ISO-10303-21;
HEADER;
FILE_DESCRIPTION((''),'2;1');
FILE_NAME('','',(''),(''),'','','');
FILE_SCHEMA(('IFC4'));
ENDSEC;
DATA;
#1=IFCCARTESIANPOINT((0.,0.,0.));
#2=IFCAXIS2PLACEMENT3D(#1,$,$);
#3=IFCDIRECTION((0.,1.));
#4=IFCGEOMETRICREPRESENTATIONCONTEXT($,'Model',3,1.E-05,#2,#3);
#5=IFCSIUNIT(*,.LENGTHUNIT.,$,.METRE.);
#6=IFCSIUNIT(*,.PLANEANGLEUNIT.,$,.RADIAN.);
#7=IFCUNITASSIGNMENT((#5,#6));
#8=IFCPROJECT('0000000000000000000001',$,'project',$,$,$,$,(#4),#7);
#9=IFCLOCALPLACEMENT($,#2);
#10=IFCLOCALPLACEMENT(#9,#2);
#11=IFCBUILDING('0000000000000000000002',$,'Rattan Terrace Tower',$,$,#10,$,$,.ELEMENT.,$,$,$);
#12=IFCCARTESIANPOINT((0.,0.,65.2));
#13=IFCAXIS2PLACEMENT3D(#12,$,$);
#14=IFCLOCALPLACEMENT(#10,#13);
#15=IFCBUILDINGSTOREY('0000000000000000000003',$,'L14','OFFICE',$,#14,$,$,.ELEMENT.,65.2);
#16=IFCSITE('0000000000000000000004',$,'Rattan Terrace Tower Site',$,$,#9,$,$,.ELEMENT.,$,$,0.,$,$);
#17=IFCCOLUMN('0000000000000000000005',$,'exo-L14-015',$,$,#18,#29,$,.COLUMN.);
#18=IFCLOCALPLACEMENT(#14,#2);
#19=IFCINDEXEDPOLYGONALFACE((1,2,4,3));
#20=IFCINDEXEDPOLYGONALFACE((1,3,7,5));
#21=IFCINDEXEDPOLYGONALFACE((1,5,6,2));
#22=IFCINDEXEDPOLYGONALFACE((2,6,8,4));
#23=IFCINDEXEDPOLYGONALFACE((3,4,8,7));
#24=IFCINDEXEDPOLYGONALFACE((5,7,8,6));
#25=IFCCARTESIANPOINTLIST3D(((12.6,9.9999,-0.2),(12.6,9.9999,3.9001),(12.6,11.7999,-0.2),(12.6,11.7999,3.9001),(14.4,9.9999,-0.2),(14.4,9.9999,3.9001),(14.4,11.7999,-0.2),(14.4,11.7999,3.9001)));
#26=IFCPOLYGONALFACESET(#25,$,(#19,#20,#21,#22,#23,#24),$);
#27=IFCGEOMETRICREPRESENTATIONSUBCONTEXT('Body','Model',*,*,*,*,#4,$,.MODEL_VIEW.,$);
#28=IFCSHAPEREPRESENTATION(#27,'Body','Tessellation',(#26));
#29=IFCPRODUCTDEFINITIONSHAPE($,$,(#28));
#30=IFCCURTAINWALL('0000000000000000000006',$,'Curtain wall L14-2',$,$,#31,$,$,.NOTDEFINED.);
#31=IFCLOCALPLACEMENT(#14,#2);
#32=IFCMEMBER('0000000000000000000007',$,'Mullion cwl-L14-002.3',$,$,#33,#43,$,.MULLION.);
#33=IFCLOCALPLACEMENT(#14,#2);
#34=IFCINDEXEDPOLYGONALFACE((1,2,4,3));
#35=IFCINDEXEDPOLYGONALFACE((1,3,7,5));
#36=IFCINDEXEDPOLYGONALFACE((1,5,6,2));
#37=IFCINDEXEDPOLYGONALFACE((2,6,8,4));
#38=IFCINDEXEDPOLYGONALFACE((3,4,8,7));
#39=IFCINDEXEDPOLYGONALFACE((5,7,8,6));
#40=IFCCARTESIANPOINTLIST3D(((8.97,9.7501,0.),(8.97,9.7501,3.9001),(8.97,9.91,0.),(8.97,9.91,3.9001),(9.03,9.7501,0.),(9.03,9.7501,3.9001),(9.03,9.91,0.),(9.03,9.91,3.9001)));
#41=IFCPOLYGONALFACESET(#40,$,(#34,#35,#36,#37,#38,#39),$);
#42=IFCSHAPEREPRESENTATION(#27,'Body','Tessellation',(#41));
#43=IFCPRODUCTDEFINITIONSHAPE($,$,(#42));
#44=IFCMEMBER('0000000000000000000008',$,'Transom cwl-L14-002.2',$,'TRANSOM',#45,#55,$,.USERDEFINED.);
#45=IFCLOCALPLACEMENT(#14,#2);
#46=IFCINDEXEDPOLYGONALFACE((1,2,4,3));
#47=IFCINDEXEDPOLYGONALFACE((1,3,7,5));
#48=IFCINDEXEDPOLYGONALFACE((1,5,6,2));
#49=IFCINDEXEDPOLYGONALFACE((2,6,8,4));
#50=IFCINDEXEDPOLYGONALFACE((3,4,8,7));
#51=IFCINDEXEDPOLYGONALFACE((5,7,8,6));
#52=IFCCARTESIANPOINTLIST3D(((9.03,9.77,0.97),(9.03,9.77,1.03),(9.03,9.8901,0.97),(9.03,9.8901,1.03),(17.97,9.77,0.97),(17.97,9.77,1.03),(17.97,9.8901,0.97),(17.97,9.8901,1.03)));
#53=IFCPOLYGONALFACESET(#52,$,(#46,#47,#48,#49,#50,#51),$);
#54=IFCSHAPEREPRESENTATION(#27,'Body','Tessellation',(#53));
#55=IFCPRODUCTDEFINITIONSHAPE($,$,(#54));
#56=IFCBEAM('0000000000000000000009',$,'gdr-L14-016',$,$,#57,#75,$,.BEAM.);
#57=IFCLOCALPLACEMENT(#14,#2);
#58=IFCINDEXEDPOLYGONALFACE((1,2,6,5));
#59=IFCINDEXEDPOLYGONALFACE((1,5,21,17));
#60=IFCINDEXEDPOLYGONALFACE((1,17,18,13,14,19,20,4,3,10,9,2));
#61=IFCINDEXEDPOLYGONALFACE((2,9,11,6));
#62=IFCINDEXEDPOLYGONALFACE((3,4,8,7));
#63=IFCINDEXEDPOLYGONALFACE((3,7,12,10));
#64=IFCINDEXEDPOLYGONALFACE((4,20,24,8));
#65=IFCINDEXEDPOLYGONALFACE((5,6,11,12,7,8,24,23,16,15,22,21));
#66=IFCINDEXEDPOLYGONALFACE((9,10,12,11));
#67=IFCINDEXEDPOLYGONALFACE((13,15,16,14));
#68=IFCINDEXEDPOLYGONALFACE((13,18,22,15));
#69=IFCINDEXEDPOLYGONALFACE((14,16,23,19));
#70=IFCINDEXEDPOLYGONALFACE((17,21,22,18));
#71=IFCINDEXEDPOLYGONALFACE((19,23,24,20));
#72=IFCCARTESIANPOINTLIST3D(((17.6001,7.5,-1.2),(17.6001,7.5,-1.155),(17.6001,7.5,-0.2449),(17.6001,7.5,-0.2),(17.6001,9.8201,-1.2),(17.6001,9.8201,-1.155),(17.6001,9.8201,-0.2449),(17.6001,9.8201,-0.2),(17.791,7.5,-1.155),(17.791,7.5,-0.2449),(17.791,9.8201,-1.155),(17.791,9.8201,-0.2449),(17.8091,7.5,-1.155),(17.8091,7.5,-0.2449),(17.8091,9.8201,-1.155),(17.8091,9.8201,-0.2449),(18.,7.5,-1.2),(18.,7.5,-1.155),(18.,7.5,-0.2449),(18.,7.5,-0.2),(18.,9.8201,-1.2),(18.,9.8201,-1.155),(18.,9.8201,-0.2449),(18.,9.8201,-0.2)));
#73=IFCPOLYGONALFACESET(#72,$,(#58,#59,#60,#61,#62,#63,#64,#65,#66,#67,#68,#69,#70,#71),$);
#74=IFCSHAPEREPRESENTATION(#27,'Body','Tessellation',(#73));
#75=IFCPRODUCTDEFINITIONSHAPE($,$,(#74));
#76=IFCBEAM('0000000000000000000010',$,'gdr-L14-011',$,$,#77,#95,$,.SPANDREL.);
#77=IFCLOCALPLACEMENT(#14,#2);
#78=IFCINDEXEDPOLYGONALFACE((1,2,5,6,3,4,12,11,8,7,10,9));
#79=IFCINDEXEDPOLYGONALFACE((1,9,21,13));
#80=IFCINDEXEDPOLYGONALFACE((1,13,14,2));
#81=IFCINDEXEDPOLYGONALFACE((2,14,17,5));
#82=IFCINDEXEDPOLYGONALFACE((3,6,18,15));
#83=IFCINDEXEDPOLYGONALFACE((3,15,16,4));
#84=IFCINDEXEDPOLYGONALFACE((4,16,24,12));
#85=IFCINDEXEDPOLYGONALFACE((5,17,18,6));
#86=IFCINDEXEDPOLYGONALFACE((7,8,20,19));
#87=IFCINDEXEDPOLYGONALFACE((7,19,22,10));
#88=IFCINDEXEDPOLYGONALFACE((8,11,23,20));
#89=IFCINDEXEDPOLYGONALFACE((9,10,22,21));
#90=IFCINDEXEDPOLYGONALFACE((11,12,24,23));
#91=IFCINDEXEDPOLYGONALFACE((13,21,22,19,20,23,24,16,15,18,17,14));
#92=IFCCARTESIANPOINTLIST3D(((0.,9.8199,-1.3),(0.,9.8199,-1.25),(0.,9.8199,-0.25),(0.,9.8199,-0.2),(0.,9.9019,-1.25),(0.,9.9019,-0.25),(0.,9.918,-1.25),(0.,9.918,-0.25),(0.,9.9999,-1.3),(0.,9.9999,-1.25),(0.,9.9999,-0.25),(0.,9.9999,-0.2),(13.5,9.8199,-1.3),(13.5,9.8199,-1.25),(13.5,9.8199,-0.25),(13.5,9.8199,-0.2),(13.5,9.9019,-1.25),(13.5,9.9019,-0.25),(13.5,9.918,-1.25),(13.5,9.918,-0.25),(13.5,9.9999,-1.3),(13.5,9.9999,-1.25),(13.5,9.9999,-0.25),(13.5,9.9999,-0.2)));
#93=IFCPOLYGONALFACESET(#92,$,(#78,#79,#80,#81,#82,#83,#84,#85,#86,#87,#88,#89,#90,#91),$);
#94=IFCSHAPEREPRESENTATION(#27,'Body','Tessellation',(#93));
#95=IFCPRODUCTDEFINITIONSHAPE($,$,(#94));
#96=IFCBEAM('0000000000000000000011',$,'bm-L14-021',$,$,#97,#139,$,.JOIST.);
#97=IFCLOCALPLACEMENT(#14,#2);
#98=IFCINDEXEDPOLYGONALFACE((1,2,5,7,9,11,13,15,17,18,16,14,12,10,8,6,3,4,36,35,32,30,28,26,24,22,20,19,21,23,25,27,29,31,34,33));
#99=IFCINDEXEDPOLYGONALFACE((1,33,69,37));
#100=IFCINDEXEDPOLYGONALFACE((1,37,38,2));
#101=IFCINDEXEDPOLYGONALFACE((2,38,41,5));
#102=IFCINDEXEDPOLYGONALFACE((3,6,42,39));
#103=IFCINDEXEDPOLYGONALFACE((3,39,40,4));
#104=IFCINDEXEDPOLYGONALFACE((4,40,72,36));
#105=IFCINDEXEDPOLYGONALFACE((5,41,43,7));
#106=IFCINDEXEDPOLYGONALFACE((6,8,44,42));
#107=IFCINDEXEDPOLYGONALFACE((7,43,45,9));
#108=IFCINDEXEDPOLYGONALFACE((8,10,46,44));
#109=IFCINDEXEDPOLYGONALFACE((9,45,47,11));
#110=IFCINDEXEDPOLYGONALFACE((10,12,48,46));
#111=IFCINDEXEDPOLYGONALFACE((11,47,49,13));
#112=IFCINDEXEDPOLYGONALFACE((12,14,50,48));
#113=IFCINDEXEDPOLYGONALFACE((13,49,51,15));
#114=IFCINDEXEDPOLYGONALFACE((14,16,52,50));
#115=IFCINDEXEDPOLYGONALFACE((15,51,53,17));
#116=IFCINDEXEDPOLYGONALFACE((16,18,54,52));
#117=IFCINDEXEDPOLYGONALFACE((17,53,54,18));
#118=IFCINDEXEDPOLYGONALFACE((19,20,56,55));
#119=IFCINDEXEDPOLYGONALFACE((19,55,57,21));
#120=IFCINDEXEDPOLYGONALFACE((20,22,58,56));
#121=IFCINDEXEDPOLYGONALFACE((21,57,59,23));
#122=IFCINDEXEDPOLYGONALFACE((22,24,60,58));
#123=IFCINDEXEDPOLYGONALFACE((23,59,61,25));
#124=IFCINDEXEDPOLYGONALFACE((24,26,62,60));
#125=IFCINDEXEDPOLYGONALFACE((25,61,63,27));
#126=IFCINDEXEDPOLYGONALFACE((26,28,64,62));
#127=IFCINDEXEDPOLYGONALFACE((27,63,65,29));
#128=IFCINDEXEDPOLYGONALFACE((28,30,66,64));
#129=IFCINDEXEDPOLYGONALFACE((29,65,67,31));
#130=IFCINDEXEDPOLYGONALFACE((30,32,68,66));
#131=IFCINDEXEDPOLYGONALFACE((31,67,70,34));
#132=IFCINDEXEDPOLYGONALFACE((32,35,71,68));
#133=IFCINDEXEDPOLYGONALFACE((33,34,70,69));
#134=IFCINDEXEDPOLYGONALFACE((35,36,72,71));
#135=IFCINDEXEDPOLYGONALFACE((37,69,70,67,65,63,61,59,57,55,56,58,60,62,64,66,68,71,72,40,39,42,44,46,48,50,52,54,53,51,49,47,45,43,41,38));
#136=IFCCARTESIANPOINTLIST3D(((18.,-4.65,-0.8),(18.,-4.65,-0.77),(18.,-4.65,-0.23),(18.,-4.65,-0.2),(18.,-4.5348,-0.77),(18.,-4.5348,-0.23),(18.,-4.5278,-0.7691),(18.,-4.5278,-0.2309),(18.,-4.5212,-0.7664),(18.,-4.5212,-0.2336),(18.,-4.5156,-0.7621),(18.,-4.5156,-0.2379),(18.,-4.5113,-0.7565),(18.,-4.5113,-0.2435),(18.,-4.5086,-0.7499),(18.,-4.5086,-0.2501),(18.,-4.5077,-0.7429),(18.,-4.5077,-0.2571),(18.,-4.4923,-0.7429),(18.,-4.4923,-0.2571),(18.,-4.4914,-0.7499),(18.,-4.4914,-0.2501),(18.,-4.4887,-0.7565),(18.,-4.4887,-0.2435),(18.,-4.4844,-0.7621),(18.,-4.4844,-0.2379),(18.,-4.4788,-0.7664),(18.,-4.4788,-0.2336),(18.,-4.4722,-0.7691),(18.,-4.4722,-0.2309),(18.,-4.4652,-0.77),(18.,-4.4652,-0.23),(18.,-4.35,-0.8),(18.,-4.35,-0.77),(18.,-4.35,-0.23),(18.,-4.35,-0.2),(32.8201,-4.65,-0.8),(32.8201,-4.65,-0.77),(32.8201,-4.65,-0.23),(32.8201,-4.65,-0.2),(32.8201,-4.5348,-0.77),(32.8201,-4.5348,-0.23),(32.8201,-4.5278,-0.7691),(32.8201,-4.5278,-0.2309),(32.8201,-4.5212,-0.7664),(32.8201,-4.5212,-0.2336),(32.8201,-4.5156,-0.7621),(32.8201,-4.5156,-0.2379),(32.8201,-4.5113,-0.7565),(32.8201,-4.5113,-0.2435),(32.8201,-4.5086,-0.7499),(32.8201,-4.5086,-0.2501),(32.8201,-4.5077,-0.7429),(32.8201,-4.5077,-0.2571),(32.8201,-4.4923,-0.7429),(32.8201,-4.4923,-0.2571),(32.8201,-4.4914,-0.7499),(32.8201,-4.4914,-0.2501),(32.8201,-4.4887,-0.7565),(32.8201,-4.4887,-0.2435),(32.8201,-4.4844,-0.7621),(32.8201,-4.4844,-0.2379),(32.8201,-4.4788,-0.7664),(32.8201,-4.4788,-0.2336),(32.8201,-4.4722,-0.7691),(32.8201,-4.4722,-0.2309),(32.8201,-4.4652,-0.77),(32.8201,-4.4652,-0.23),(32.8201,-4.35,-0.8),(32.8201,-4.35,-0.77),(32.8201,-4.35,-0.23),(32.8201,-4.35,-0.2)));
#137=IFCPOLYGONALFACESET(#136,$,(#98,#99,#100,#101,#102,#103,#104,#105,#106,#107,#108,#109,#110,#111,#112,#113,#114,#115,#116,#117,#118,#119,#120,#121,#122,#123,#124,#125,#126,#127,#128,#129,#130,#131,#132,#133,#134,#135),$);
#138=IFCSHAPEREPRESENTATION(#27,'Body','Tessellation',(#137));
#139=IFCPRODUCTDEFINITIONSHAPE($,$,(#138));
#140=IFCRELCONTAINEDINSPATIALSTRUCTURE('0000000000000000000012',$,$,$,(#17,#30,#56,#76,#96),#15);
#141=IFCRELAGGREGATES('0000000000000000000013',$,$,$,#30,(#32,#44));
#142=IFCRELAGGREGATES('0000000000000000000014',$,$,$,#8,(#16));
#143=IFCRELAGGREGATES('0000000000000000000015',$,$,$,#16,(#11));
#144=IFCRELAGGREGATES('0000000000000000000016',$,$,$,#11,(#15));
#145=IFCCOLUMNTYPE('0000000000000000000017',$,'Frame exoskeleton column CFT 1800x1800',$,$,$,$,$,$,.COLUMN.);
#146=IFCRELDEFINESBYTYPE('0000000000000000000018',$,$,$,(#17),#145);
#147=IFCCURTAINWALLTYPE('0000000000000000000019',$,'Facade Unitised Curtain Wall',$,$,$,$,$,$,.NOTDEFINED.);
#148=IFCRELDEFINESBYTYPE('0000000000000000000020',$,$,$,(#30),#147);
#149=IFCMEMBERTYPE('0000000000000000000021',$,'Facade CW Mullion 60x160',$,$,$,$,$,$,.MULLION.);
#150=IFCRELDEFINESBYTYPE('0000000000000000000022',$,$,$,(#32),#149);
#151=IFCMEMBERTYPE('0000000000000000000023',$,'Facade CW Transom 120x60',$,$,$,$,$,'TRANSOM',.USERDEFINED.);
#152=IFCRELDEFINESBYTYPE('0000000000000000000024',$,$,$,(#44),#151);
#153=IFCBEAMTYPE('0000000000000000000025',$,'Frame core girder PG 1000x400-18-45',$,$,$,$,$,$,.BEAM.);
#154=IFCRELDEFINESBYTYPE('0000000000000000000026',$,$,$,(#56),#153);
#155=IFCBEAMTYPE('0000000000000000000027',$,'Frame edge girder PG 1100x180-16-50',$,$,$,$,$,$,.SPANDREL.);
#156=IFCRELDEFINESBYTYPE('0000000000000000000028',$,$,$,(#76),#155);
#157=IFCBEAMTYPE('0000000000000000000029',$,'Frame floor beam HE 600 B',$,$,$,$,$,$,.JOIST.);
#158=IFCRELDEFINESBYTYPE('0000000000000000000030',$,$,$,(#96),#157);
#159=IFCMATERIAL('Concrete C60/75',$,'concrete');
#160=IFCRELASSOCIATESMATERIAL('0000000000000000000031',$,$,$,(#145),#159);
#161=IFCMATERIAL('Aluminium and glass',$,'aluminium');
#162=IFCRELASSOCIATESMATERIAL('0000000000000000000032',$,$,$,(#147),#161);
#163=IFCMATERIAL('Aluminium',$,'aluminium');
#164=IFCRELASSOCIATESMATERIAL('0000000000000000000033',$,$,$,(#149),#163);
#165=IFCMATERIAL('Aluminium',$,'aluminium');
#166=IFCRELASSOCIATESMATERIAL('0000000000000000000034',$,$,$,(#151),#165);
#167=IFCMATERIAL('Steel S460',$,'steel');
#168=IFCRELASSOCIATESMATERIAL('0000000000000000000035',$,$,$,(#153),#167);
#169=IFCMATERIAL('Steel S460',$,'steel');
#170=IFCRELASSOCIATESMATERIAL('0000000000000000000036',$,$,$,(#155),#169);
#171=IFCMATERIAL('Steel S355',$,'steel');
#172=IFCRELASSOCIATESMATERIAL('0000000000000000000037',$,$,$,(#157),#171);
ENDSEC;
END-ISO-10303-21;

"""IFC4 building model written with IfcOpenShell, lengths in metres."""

from ifc_helpers import new_model, si_unit, direction, frame, origin, origin_2d, place, context, subcontext, project, spatial, rectangle, i_section, extrude, material, material_profile, profile_set, type_object, element, aggregate, save


model = new_model("IFC4")

# Units and contexts
model_context = context("Model", 3, precision=1e-05, world=origin(), true_north=direction((0.0, 1.0)))
body_context = subcontext(model_context, "Body", "Model", "MODEL_VIEW")
ifc_project = project(units=[si_unit("LENGTHUNIT", "METRE"), si_unit("PLANEANGLEUNIT", "RADIAN")], contexts=[model_context])

# Site, building, storey
site_placement = place(None, origin())
site = spatial("IfcSite", under=ifc_project, at=site_placement, Name="Rattan Terrace Tower Site", CompositionType="ELEMENT", RefElevation=0.0)
building_placement = place(site_placement, origin())
building = spatial("IfcBuilding", under=site, at=building_placement, Name="Rattan Terrace Tower", CompositionType="ELEMENT")
storey_placement = place(building_placement, frame((0.0, 0.0, 65.2)))
storey = spatial("IfcBuildingStorey", under=building, at=storey_placement, Name="L14", Description="OFFICE", CompositionType="ELEMENT", Elevation=65.2)

# Column
ifc_material_1 = material(Name="Concrete C60/75", Category="concrete")
ifc_material_profile_1 = material_profile(ifc_material_1, rectangle(XDim=1.8, YDim=1.8, at=origin_2d()), Name="CFT 1800x1800")
ifc_profile_set_1 = profile_set([ifc_material_profile_1], Name="Concrete C60/75")
column_type = type_object("IfcColumnType", Name="Frame exoskeleton column CFT 1800x1800", PredefinedType="COLUMN", material=ifc_profile_set_1)
column_placement = place(storey_placement, frame((13.5, 10.8999, -0.2), z_axis=(0.0, 0.0, 1.0), x_axis=(1.0, 0.0, 0.0)))
element("IfcColumn", 1, at=column_placement, inside=storey, type_object=column_type, Name="exo-L14-015", PredefinedType="COLUMN", context=body_context, shape_type="SweptSolid", body=[
    extrude(rectangle(XDim=1.8, YDim=1.8, at=origin_2d()), origin(), (0.0, 0.0, 1.0), 4.1001),
])

# Curtain wall, members
ifc_material_2 = material(Name="Aluminium and glass", Category="aluminium")
curtain_wall_type = type_object("IfcCurtainWallType", Name="Facade Unitised Curtain Wall", PredefinedType="NOTDEFINED", material=ifc_material_2)
curtain_wall_placement = place(storey_placement, origin())
curtain_wall = element("IfcCurtainWall", 2, at=curtain_wall_placement, inside=storey, type_object=curtain_wall_type, Name="Curtain wall L14-2", PredefinedType="NOTDEFINED")
ifc_material_3 = material(Name="Aluminium", Category="aluminium")
ifc_material_profile_2 = material_profile(ifc_material_3, rectangle(XDim=0.0601, YDim=0.1599, at=origin_2d()), Name="Aluminium 60x160")
ifc_profile_set_2 = profile_set([ifc_material_profile_2], Name="Aluminium")
member_type_1 = type_object("IfcMemberType", Name="Facade CW Mullion 60x160", PredefinedType="MULLION", material=ifc_profile_set_2)
member_1_placement = place(storey_placement, frame((9.0, 9.8301, 0.0), z_axis=(0.0, 0.0, 1.0), x_axis=(-1.0, 0.0, 0.0)))
member_1 = element("IfcMember", 3, at=member_1_placement, type_object=member_type_1, Name="Mullion cwl-L14-002.3", PredefinedType="MULLION", context=body_context, shape_type="SweptSolid", body=[
    extrude(rectangle(XDim=0.0601, YDim=0.1599, at=origin_2d()), origin(), (0.0, 0.0, 1.0), 3.9001),
])
ifc_material_4 = material(Name="Aluminium", Category="aluminium")
ifc_material_profile_3 = material_profile(ifc_material_4, rectangle(XDim=0.1201, YDim=0.0601, at=origin_2d()), Name="Aluminium 120x60")
ifc_profile_set_3 = profile_set([ifc_material_profile_3], Name="Aluminium")
member_type_2 = type_object("IfcMemberType", Name="Facade CW Transom 120x60", ElementType="TRANSOM", PredefinedType="USERDEFINED", material=ifc_profile_set_3)
member_2_placement = place(storey_placement, frame((17.97, 9.8301, 1.0), z_axis=(-1.0, 0.0, 0.0), x_axis=(0.0, -1.0, 0.0)))
member_2 = element("IfcMember", 4, at=member_2_placement, type_object=member_type_2, Name="Transom cwl-L14-002.2", ObjectType="TRANSOM", PredefinedType="USERDEFINED", context=body_context, shape_type="SweptSolid", body=[
    extrude(rectangle(XDim=0.1201, YDim=0.0601, at=origin_2d()), origin(), (0.0, 0.0, 1.0), 8.9399),
])

# Beams
ifc_material_5 = material(Name="Steel S460", Category="steel")
ifc_material_profile_4 = material_profile(ifc_material_5, i_section(OverallWidth=0.3999, OverallDepth=1.0, WebThickness=0.0181, FlangeThickness=0.0449, at=origin_2d()), Name="PG 1000x400-18-45")
ifc_profile_set_4 = profile_set([ifc_material_profile_4], Name="Steel S460")
beam_type_1 = type_object("IfcBeamType", Name="Frame core girder PG 1000x400-18-45", PredefinedType="BEAM", material=ifc_profile_set_4)
beam_1_placement = place(storey_placement, frame((17.8, 7.5, -0.7), z_axis=(0.0, 1.0, 0.0), x_axis=(-1.0, 0.0, 0.0)))
element("IfcBeam", 5, at=beam_1_placement, inside=storey, type_object=beam_type_1, Name="gdr-L14-016", PredefinedType="BEAM", context=body_context, shape_type="SweptSolid", body=[
    extrude(i_section(OverallWidth=0.3999, OverallDepth=1.0, WebThickness=0.0181, FlangeThickness=0.0449, at=origin_2d()), origin(), (0.0, 0.0, 1.0), 2.3201),
])
ifc_material_6 = material(Name="Steel S460", Category="steel")
ifc_material_profile_5 = material_profile(ifc_material_6, i_section(OverallWidth=0.1799, OverallDepth=1.1001, WebThickness=0.0161, FlangeThickness=0.05, at=origin_2d()), Name="PG 1100x180-16-50")
ifc_profile_set_5 = profile_set([ifc_material_profile_5], Name="Steel S460")
beam_type_2 = type_object("IfcBeamType", Name="Frame edge girder PG 1100x180-16-50", PredefinedType="SPANDREL", material=ifc_profile_set_5)
beam_2_placement = place(storey_placement, frame((13.5, 9.9099, -0.75), z_axis=(-1.0, 0.0, 0.0), x_axis=(0.0, -1.0, 0.0)))
element("IfcBeam", 6, at=beam_2_placement, inside=storey, type_object=beam_type_2, Name="gdr-L14-011", PredefinedType="SPANDREL", context=body_context, shape_type="SweptSolid", body=[
    extrude(i_section(OverallWidth=0.1799, OverallDepth=1.1001, WebThickness=0.0161, FlangeThickness=0.05, at=origin_2d()), origin(), (0.0, 0.0, 1.0), 13.5),
])
ifc_material_7 = material(Name="Steel S355", Category="steel")
ifc_material_profile_6 = material_profile(ifc_material_7, i_section(OverallWidth=0.3, OverallDepth=0.6001, WebThickness=0.0154, FlangeThickness=0.03, FilletRadius=0.0271, at=origin_2d()), Name="HE 600 B")
ifc_profile_set_6 = profile_set([ifc_material_profile_6], Name="Steel S355")
beam_type_3 = type_object("IfcBeamType", Name="Frame floor beam HE 600 B", PredefinedType="JOIST", material=ifc_profile_set_6)
beam_3_placement = place(storey_placement, frame((18.0, -4.5, -0.5), z_axis=(1.0, 0.0, 0.0), x_axis=(0.0, 1.0, 0.0)))
element("IfcBeam", 7, at=beam_3_placement, inside=storey, type_object=beam_type_3, Name="bm-L14-021", PredefinedType="JOIST", context=body_context, shape_type="SweptSolid", body=[
    extrude(i_section(OverallWidth=0.3, OverallDepth=0.6001, WebThickness=0.0154, FlangeThickness=0.03, FilletRadius=0.0271, at=origin_2d()), origin(), (0.0, 0.0, 1.0), 14.8201),
])

aggregate(curtain_wall, [member_1, member_2])

save(model, "model.ifc")
